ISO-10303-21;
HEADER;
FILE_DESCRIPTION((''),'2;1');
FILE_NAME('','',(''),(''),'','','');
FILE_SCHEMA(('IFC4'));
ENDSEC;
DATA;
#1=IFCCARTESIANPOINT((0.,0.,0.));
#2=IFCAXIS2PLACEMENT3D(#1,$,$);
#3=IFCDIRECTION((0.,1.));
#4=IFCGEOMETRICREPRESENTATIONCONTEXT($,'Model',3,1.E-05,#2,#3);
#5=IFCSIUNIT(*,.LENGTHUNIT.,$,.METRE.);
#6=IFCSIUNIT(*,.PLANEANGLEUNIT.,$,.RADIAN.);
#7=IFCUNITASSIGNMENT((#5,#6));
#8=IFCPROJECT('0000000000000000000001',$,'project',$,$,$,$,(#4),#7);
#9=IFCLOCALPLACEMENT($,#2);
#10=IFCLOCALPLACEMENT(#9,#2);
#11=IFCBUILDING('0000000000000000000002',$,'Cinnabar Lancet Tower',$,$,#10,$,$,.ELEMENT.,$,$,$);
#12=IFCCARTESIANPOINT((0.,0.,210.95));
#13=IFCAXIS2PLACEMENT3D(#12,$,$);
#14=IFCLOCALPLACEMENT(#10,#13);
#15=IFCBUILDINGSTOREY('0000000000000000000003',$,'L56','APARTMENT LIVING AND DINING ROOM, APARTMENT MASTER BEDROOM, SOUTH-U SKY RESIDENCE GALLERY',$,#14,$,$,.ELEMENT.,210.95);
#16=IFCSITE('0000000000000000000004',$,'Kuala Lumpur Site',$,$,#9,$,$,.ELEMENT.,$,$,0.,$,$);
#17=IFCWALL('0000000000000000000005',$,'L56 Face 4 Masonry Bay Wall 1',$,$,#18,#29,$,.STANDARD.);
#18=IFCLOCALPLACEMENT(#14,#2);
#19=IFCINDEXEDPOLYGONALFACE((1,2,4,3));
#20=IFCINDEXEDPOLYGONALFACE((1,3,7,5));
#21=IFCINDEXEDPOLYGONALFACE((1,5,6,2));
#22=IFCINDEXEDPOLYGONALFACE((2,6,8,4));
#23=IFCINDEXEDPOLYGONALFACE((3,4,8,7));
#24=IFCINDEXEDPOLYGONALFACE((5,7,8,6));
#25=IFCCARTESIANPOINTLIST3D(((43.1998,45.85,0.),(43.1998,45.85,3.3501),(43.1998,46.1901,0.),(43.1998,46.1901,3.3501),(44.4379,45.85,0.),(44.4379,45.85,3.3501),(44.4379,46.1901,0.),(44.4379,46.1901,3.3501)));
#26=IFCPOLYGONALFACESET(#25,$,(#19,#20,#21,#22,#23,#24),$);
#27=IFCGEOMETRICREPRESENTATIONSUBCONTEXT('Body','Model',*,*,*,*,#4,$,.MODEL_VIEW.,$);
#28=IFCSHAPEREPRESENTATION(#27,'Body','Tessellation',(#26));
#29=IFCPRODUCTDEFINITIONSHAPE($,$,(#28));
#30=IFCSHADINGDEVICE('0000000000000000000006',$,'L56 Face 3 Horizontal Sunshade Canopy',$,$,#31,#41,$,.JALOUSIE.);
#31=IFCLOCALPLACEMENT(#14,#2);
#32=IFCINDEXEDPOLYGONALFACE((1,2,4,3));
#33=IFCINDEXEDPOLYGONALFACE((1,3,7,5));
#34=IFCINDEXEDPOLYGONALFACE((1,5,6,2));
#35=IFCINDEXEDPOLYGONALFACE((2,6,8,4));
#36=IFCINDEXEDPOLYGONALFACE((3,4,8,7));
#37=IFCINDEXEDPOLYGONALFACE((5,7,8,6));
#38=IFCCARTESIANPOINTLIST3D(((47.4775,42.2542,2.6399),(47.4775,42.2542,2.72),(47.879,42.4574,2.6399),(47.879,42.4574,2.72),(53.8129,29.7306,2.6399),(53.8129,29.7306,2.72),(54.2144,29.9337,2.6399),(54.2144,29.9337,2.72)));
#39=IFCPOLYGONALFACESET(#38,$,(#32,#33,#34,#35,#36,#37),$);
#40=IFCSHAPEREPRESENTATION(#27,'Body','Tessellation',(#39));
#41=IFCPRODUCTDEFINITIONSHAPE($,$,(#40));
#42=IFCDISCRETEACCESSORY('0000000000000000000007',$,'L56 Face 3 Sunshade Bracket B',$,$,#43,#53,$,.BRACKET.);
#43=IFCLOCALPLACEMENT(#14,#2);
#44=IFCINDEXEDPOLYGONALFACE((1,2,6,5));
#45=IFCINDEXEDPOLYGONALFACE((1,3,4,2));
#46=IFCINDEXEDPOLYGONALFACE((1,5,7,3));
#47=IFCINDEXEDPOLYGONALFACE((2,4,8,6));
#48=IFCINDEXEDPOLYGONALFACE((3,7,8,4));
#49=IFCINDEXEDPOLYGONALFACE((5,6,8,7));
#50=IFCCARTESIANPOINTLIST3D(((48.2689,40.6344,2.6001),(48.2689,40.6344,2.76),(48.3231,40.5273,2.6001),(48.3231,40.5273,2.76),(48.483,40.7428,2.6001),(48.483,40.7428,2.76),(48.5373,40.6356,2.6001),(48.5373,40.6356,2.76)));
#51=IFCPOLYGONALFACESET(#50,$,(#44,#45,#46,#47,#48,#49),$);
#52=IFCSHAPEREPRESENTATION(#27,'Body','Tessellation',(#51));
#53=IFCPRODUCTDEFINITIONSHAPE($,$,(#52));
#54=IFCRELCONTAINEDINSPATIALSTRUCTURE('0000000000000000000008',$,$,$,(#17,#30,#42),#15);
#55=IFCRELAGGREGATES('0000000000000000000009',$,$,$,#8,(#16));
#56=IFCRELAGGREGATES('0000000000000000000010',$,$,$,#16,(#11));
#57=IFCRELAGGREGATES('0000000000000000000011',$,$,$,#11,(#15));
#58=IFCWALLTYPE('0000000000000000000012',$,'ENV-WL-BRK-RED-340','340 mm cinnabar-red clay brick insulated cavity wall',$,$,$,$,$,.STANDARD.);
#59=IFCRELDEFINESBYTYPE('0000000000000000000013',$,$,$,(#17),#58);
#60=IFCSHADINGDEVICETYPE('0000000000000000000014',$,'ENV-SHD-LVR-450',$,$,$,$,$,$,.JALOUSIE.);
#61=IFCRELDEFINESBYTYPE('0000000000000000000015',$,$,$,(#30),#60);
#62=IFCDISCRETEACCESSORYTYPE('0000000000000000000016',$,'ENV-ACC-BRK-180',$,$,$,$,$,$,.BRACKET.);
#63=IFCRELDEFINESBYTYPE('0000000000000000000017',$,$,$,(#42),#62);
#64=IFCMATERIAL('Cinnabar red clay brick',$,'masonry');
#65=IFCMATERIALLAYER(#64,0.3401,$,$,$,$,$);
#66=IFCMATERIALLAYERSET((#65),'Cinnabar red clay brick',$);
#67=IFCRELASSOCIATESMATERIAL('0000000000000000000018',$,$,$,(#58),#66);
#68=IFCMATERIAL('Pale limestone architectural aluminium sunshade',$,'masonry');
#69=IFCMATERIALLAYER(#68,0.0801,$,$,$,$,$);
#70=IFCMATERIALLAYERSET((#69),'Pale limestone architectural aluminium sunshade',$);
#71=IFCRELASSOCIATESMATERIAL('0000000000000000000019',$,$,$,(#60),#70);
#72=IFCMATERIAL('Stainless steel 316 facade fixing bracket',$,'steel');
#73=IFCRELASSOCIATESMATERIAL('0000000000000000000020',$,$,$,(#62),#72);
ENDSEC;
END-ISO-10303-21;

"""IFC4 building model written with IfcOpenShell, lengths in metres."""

from ifc_helpers import new_model, si_unit, direction, frame, frame_2d, origin, origin_2d, place, context, subcontext, project, spatial, rectangle, extrude, material, layer, layer_set, type_object, element, save


model = new_model("IFC4")

# Units and contexts
model_context = context("Model", 3, precision=1e-05, world=origin(), true_north=direction((0.0, 1.0)))
body_context = subcontext(model_context, "Body", "Model", "MODEL_VIEW")
ifc_project = project(units=[si_unit("LENGTHUNIT", "METRE"), si_unit("PLANEANGLEUNIT", "RADIAN")], contexts=[model_context])

# Site, building, storey
site_placement = place(None, origin())
site = spatial("IfcSite", under=ifc_project, at=site_placement, Name="Kuala Lumpur Site", CompositionType="ELEMENT", RefElevation=0.0)
building_placement = place(site_placement, origin())
building = spatial("IfcBuilding", under=site, at=building_placement, Name="Cinnabar Lancet Tower", CompositionType="ELEMENT")
storey_placement = place(building_placement, frame((0.0, 0.0, 210.95)))
storey = spatial("IfcBuildingStorey", under=building, at=storey_placement, Name="L56", Description="APARTMENT LIVING AND DINING ROOM, APARTMENT MASTER BEDROOM, SOUTH-U SKY RESIDENCE GALLERY", CompositionType="ELEMENT", Elevation=210.95)

# Shared definitions
ifc_material_1 = material(Name="Cinnabar red clay brick", Category="masonry")
ifc_layer_1 = layer(ifc_material_1, 0.3401)
ifc_layer_set_1 = layer_set([ifc_layer_1], Name="Cinnabar red clay brick")
wall_type_1 = type_object("IfcWallType", Name="ENV-WL-BRK-RED-340", Description="340 mm cinnabar-red clay brick insulated cavity wall", PredefinedType="STANDARD", material=ifc_layer_set_1)

# Wall
wall_1_placement = place(storey_placement, frame((44.438, 46.02, 0.0), z_axis=(0.0, 0.0, 1.0), x_axis=(-1.0, 0.0, 0.0)))
element("IfcWall", 1, at=wall_1_placement, inside=storey, type_object=wall_type_1, Name="L56 Face 4 Masonry Bay Wall 1", PredefinedType="STANDARD", context=body_context, shape_type="SweptSolid", body=[
    extrude(rectangle(XDim=1.238, YDim=0.3401, at=frame_2d((0.6191, 0.0))), origin(), (0.0, 0.0, 1.0), 3.3501),
])

# Shading device
ifc_material_2 = material(Name="Pale limestone architectural aluminium sunshade", Category="masonry")
ifc_layer_2 = layer(ifc_material_2, 0.0801)
ifc_layer_set_2 = layer_set([ifc_layer_2], Name="Pale limestone architectural aluminium sunshade")
shading_device_type = type_object("IfcShadingDeviceType", Name="ENV-SHD-LVR-450", PredefinedType="JALOUSIE", material=ifc_layer_set_2)
shading_device_placement = place(storey_placement, frame((50.8459, 36.094, 2.6399), z_axis=(0.0, 0.0, 1.0), x_axis=(-0.451407, 0.892318, 0.0)))
element("IfcShadingDevice", 2, at=shading_device_placement, inside=storey, type_object=shading_device_type, Name="L56 Face 3 Horizontal Sunshade Canopy", PredefinedType="JALOUSIE", context=body_context, shape_type="SweptSolid", body=[
    extrude(rectangle(XDim=14.0349, YDim=0.45, at=origin_2d()), origin(), (0.0, 0.0, 1.0), 0.0801),
])

# Discrete accessory
ifc_material_3 = material(Name="Stainless steel 316 facade fixing bracket", Category="steel")
discrete_accessory_type = type_object("IfcDiscreteAccessoryType", Name="ENV-ACC-BRK-180", PredefinedType="BRACKET", material=ifc_material_3)
discrete_accessory_placement = place(storey_placement, frame((48.4031, 40.635, 2.6001), z_axis=(0.0, 0.0, 1.0), x_axis=(-0.451407, 0.892318, 0.0)))
element("IfcDiscreteAccessory", 3, at=discrete_accessory_placement, inside=storey, type_object=discrete_accessory_type, Name="L56 Face 3 Sunshade Bracket B", PredefinedType="BRACKET", context=body_context, shape_type="SweptSolid", body=[
    extrude(rectangle(XDim=0.1201, YDim=0.24, at=origin_2d()), origin(), (0.0, 0.0, 1.0), 0.1599),
])

save(model, "model.ifc")
